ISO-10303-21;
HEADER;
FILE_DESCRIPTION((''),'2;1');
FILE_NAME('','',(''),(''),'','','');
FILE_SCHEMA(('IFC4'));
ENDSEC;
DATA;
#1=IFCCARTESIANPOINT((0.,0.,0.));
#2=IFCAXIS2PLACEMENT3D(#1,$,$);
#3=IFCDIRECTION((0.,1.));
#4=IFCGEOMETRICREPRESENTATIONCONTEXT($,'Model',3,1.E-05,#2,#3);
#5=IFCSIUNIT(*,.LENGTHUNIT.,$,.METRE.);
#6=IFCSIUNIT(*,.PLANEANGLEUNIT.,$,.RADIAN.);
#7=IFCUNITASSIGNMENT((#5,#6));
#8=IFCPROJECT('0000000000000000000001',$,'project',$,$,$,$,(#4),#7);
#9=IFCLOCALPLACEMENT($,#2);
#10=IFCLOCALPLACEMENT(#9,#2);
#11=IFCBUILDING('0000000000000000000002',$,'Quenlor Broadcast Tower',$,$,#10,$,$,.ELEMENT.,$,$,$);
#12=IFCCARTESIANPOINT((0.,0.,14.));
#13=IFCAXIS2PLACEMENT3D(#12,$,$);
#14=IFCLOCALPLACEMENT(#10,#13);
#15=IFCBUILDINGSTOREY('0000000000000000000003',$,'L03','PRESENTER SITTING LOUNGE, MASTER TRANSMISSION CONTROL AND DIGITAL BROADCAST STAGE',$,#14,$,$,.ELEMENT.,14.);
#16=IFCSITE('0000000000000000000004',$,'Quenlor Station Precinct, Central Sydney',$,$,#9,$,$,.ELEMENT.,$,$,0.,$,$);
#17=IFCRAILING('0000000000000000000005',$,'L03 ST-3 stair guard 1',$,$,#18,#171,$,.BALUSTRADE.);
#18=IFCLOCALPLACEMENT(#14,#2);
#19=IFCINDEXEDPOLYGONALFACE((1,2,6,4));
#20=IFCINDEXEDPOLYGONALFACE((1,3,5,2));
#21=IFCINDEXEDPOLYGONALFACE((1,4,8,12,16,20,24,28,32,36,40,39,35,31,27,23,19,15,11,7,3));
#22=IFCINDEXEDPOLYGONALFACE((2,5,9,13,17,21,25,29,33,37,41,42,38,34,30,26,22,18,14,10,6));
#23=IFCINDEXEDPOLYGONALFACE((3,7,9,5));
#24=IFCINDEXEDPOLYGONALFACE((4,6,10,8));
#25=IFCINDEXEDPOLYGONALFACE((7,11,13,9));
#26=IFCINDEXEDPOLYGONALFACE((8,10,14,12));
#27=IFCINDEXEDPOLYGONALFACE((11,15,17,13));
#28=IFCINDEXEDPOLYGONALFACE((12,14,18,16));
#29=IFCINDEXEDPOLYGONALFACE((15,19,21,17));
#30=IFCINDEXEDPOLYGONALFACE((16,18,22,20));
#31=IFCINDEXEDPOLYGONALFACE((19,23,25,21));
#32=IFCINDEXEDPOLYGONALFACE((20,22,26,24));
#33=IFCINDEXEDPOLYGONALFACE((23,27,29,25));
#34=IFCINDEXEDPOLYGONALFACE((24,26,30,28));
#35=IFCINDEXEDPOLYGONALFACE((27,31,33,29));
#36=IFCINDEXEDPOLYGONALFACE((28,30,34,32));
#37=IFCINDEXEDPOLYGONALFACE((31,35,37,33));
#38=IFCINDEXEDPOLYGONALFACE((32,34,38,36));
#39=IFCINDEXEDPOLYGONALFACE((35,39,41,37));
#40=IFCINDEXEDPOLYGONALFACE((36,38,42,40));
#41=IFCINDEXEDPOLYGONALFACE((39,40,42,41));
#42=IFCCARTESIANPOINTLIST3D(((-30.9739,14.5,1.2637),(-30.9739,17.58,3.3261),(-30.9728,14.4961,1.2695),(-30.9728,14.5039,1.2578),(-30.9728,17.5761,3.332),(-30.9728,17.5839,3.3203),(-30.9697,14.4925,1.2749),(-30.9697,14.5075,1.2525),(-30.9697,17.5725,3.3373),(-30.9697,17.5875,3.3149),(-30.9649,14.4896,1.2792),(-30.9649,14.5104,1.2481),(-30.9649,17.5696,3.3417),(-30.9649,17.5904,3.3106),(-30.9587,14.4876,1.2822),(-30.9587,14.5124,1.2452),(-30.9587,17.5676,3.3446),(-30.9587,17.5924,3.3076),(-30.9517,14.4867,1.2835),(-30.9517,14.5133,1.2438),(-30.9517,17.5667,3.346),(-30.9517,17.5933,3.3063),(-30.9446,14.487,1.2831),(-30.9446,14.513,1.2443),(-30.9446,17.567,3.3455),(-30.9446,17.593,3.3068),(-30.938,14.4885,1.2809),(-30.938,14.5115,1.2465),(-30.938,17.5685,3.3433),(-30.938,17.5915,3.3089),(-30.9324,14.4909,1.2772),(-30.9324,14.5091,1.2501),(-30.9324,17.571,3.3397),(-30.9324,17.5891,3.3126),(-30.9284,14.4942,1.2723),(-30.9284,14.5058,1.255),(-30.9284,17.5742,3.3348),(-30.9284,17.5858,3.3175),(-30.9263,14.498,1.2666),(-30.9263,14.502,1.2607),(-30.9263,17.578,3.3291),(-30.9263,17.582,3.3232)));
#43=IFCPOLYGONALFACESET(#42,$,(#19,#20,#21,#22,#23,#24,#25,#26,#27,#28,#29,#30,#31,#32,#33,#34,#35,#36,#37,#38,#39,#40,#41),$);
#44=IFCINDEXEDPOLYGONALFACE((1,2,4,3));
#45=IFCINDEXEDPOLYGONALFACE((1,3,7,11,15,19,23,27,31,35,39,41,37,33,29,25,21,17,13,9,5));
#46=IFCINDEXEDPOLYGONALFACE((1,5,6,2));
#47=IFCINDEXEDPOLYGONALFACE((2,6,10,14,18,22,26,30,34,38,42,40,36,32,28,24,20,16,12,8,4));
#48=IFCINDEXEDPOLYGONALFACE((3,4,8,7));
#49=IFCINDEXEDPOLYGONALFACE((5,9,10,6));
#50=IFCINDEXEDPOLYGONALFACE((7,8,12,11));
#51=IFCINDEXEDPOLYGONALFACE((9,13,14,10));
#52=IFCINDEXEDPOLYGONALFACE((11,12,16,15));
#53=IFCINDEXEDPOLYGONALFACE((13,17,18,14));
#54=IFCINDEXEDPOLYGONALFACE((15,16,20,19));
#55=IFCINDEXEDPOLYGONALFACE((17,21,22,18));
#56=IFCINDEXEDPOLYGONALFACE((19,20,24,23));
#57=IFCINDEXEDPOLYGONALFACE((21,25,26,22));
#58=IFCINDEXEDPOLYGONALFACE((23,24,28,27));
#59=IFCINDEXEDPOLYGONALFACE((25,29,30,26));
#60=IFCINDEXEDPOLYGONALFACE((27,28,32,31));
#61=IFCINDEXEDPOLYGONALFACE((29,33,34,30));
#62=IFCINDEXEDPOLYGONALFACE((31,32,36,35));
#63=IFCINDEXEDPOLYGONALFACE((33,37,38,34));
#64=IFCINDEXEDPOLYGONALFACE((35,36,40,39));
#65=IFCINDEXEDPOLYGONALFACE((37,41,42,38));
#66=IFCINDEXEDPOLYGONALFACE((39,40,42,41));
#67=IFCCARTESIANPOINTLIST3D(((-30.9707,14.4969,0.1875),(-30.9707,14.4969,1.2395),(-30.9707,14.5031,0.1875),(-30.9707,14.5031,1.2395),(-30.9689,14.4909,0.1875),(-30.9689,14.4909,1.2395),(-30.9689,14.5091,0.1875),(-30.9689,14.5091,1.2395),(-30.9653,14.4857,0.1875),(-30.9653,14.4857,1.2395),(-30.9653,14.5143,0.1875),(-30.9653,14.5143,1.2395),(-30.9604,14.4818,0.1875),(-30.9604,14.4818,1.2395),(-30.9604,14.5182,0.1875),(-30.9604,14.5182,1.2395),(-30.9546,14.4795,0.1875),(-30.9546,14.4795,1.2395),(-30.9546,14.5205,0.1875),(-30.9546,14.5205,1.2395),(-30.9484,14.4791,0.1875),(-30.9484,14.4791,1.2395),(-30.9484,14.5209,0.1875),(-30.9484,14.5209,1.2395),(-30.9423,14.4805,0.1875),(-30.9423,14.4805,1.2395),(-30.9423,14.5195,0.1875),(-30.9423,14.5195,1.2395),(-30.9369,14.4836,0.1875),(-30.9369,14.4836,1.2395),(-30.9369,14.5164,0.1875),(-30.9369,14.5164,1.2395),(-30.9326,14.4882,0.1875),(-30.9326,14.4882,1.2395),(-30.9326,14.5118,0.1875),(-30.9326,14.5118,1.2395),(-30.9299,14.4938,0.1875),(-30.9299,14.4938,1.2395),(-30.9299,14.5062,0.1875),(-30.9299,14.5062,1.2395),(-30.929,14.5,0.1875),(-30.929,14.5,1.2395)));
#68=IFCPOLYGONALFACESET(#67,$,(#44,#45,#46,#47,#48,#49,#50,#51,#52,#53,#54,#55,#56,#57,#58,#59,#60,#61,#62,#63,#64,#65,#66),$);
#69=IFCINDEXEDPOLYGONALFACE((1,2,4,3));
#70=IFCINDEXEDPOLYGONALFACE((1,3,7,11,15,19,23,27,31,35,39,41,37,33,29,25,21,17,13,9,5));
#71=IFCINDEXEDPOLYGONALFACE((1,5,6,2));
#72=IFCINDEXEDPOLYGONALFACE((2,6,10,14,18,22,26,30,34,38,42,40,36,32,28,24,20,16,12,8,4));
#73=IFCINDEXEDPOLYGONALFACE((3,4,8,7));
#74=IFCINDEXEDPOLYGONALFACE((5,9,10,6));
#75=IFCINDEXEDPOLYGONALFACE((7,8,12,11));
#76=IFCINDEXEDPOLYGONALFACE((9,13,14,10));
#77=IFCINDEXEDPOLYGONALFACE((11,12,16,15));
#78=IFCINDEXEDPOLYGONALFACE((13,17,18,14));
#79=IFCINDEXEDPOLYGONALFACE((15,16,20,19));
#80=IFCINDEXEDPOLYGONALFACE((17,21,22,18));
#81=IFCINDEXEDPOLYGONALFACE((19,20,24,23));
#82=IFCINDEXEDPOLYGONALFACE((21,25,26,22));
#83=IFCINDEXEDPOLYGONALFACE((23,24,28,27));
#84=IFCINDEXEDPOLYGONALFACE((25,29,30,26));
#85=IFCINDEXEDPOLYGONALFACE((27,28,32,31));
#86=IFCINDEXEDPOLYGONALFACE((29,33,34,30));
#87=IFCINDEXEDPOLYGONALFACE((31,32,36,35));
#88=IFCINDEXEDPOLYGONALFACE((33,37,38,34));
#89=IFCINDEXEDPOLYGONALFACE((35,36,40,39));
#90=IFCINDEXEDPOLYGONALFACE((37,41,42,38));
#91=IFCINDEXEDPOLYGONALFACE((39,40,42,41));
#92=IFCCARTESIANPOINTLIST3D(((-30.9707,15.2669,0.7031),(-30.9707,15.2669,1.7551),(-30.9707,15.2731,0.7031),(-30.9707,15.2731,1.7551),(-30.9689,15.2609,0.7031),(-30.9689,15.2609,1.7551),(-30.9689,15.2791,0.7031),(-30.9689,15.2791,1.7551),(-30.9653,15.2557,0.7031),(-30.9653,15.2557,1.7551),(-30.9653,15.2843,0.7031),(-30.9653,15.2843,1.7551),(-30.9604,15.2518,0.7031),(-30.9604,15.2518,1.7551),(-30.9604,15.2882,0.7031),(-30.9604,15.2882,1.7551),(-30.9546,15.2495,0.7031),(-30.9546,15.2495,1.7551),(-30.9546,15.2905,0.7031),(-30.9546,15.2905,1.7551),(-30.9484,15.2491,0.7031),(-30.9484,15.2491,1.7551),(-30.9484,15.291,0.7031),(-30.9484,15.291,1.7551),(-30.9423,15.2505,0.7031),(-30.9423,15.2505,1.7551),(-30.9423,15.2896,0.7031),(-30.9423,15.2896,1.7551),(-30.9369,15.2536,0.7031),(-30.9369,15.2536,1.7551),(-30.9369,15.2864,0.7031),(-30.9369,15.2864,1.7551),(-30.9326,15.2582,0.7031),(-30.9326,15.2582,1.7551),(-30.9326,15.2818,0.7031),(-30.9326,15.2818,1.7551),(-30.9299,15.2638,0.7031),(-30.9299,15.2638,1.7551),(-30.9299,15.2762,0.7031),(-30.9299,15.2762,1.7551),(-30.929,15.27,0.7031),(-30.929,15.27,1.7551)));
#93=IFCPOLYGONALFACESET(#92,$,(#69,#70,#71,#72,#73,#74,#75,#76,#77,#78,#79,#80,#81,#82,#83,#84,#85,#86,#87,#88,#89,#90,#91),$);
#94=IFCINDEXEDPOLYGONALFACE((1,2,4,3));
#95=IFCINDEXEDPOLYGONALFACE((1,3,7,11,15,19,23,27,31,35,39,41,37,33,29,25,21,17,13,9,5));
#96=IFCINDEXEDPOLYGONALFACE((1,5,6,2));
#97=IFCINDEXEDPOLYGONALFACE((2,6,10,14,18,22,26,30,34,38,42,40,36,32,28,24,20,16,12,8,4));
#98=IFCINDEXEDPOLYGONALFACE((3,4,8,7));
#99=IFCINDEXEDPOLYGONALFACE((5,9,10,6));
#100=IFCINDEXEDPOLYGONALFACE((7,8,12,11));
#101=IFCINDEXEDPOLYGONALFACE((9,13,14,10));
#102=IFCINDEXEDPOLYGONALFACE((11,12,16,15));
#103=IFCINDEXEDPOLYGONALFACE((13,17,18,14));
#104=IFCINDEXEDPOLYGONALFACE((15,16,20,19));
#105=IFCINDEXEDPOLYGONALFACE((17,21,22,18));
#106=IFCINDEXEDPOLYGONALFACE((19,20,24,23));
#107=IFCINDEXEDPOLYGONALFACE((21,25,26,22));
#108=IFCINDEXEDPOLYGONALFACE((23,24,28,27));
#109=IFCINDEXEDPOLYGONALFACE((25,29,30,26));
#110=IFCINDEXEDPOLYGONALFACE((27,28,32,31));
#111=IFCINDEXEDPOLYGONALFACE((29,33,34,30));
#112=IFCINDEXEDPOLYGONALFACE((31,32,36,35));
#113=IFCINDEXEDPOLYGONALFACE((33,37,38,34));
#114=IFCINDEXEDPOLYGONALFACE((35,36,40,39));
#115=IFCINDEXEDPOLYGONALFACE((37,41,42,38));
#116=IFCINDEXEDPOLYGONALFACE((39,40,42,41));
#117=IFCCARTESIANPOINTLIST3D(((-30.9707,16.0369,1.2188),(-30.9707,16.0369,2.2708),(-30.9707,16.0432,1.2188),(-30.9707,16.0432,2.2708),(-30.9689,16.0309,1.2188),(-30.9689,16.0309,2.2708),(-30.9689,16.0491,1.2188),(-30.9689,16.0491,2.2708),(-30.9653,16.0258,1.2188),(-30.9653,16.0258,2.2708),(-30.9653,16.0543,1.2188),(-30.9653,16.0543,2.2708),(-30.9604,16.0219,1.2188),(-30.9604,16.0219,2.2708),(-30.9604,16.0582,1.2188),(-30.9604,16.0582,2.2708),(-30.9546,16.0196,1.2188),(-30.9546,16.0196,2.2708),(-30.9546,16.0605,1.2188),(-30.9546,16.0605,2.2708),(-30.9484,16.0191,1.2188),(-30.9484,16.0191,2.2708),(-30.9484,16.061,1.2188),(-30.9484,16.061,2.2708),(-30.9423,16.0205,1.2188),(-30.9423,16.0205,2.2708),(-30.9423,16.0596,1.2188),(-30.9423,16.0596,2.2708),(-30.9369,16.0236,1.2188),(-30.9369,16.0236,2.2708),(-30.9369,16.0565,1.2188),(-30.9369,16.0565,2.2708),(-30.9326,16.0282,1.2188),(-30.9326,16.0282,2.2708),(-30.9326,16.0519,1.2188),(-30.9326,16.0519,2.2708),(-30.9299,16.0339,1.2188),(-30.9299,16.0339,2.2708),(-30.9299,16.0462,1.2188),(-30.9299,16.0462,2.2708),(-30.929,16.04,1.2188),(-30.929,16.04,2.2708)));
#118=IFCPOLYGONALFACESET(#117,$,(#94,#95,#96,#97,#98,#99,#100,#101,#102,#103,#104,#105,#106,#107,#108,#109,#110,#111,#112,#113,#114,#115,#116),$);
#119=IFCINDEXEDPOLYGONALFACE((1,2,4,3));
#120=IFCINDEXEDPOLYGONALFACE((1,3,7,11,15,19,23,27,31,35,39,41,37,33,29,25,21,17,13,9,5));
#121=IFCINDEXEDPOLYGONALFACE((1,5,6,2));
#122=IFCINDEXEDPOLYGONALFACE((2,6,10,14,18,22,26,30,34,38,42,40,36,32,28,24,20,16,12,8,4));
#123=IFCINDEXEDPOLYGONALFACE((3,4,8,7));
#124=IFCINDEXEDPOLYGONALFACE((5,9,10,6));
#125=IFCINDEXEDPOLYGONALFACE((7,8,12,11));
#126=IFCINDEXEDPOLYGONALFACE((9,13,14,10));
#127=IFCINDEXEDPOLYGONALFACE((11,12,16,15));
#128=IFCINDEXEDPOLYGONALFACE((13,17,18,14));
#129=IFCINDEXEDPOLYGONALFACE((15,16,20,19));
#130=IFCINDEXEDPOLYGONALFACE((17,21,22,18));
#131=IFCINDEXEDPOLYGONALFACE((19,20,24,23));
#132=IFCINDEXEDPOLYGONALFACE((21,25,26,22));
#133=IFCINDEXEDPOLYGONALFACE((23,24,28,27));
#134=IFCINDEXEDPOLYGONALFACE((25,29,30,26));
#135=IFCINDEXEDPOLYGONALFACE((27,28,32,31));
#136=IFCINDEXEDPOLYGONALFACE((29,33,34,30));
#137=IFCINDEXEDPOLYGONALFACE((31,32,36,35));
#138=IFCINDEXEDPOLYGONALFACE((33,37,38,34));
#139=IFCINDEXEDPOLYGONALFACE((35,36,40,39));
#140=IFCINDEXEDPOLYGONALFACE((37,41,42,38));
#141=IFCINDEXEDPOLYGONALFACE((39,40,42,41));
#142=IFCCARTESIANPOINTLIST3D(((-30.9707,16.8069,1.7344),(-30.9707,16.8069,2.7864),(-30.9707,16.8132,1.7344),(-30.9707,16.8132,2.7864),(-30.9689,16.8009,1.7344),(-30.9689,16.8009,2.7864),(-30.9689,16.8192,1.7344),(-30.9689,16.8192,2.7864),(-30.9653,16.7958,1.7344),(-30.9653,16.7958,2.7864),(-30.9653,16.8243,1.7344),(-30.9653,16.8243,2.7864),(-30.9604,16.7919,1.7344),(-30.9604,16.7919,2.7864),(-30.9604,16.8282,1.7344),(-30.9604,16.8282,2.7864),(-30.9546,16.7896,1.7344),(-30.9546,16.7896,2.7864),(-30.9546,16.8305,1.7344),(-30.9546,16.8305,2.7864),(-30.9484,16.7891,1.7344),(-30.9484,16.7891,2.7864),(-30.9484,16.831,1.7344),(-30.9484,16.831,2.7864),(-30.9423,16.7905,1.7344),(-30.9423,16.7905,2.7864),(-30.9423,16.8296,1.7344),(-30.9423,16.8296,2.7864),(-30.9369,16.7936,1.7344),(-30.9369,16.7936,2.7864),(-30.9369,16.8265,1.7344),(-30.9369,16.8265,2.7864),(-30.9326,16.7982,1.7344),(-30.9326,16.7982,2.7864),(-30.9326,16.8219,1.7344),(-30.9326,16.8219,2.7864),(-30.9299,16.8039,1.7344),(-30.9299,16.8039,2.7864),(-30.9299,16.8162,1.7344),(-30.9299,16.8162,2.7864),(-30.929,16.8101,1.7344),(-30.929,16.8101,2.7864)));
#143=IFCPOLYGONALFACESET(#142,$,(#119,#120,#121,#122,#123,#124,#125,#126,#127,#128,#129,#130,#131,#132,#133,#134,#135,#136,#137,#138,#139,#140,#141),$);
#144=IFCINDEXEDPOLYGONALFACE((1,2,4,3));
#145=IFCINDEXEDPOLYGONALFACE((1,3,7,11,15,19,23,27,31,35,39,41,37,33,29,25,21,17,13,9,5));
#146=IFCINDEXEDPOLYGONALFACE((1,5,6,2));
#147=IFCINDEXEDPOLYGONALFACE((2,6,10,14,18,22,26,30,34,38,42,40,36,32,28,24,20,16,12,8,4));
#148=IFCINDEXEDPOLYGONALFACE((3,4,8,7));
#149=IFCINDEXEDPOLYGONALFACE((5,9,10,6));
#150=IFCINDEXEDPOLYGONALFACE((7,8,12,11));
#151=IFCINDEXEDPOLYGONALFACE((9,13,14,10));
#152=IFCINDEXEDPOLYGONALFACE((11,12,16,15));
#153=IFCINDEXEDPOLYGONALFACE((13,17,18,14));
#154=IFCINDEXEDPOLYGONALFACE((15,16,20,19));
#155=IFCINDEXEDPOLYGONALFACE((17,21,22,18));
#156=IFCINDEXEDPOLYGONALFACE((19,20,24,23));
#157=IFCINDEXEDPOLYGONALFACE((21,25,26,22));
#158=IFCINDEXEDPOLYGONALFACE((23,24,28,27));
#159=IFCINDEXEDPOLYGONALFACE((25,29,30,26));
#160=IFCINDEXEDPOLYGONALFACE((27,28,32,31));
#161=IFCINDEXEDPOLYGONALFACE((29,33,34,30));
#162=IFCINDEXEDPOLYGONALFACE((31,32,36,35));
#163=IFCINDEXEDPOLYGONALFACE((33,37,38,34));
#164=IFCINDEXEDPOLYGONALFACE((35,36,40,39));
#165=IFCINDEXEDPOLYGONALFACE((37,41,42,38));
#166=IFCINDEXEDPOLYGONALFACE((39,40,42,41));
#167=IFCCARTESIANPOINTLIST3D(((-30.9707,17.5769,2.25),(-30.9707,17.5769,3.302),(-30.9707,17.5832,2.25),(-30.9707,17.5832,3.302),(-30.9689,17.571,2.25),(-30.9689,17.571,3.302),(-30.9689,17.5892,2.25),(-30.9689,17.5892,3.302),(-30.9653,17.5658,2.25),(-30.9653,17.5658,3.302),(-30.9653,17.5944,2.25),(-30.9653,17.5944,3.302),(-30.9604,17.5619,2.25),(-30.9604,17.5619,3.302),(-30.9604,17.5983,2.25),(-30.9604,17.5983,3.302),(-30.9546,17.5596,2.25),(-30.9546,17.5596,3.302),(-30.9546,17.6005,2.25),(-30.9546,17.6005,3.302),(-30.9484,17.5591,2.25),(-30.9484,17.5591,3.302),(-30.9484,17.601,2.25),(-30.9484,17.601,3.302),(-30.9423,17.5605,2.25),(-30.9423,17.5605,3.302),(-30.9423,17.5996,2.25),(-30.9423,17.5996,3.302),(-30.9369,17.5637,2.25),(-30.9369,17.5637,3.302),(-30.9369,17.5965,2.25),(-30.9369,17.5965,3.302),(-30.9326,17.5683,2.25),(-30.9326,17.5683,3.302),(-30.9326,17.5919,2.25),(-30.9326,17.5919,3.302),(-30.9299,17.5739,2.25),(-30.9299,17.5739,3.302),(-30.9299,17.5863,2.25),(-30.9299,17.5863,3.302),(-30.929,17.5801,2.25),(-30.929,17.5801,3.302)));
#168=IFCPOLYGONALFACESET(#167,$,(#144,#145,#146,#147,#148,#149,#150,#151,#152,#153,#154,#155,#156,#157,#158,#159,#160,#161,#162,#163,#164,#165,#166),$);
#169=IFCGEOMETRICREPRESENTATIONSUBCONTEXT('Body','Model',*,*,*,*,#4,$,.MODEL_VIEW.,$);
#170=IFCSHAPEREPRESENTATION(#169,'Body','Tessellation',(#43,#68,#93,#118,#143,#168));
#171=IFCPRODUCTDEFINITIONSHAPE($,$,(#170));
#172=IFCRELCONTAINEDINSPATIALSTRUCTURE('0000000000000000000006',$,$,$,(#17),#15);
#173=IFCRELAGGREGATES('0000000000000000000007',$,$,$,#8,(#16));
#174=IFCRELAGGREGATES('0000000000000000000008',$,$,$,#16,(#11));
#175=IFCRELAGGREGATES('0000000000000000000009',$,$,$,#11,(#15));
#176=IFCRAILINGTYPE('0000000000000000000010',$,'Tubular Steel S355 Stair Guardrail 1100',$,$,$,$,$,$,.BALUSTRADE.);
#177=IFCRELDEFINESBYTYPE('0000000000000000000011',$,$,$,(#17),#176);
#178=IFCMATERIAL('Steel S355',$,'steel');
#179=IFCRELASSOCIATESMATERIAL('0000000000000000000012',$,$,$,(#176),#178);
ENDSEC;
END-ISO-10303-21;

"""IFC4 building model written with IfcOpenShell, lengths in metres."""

from ifc_helpers import new_model, si_unit, direction, frame, origin, origin_2d, place, context, subcontext, project, spatial, circle, extrude, material, type_object, element, save


model = new_model("IFC4")

# Units and contexts
model_context = context("Model", 3, precision=1e-05, world=origin(), true_north=direction((0.0, 1.0)))
body_context = subcontext(model_context, "Body", "Model", "MODEL_VIEW")
ifc_project = project(units=[si_unit("LENGTHUNIT", "METRE"), si_unit("PLANEANGLEUNIT", "RADIAN")], contexts=[model_context])

# Site, building, storey
site_placement = place(None, origin())
site = spatial("IfcSite", under=ifc_project, at=site_placement, Name="Quenlor Station Precinct, Central Sydney", CompositionType="ELEMENT", RefElevation=0.0)
building_placement = place(site_placement, origin())
building = spatial("IfcBuilding", under=site, at=building_placement, Name="Quenlor Broadcast Tower", CompositionType="ELEMENT")
storey_placement = place(building_placement, frame((0.0, 0.0, 14.0)))
storey = spatial("IfcBuildingStorey", under=building, at=storey_placement, Name="L03", Description="PRESENTER SITTING LOUNGE, MASTER TRANSMISSION CONTROL AND DIGITAL BROADCAST STAGE", CompositionType="ELEMENT", Elevation=14.0)

# Railing
ifc_material_1 = material(Name="Steel S355", Category="steel")
railing_type_1 = type_object("IfcRailingType", Name="Tubular Steel S355 Stair Guardrail 1100", PredefinedType="BALUSTRADE", material=ifc_material_1)
railing_1_placement = place(storey_placement, frame((-30.95, 14.5, 0.1875)))
element("IfcRailing", 1, at=railing_1_placement, inside=storey, type_object=railing_type_1, Name="L03 ST-3 stair guard 1", PredefinedType="BALUSTRADE", context=body_context, shape_type="SweptSolid", body=[
    extrude(circle(Radius=0.0239, at=origin_2d()), frame((0.0, 0.0, 1.0762), z_axis=(0.0, 0.830914, 0.556401), x_axis=(-1.0, 0.0, 0.0)), (0.0, 0.0, 1.0), 3.7068),
    extrude(circle(Radius=0.021, at=origin_2d()), origin(), (0.0, 0.0, 1.0), 1.052),
    extrude(circle(Radius=0.021, at=origin_2d()), frame((0.0, 0.77, 0.5156)), (0.0, 0.0, 1.0), 1.052),
    extrude(circle(Radius=0.021, at=origin_2d()), frame((0.0, 1.54, 1.0312)), (0.0, 0.0, 1.0), 1.052),
    extrude(circle(Radius=0.021, at=origin_2d()), frame((0.0, 2.3101, 1.5469)), (0.0, 0.0, 1.0), 1.052),
    extrude(circle(Radius=0.021, at=origin_2d()), frame((0.0, 3.0801, 2.0625)), (0.0, 0.0, 1.0), 1.052),
])

save(model, "model.ifc")
